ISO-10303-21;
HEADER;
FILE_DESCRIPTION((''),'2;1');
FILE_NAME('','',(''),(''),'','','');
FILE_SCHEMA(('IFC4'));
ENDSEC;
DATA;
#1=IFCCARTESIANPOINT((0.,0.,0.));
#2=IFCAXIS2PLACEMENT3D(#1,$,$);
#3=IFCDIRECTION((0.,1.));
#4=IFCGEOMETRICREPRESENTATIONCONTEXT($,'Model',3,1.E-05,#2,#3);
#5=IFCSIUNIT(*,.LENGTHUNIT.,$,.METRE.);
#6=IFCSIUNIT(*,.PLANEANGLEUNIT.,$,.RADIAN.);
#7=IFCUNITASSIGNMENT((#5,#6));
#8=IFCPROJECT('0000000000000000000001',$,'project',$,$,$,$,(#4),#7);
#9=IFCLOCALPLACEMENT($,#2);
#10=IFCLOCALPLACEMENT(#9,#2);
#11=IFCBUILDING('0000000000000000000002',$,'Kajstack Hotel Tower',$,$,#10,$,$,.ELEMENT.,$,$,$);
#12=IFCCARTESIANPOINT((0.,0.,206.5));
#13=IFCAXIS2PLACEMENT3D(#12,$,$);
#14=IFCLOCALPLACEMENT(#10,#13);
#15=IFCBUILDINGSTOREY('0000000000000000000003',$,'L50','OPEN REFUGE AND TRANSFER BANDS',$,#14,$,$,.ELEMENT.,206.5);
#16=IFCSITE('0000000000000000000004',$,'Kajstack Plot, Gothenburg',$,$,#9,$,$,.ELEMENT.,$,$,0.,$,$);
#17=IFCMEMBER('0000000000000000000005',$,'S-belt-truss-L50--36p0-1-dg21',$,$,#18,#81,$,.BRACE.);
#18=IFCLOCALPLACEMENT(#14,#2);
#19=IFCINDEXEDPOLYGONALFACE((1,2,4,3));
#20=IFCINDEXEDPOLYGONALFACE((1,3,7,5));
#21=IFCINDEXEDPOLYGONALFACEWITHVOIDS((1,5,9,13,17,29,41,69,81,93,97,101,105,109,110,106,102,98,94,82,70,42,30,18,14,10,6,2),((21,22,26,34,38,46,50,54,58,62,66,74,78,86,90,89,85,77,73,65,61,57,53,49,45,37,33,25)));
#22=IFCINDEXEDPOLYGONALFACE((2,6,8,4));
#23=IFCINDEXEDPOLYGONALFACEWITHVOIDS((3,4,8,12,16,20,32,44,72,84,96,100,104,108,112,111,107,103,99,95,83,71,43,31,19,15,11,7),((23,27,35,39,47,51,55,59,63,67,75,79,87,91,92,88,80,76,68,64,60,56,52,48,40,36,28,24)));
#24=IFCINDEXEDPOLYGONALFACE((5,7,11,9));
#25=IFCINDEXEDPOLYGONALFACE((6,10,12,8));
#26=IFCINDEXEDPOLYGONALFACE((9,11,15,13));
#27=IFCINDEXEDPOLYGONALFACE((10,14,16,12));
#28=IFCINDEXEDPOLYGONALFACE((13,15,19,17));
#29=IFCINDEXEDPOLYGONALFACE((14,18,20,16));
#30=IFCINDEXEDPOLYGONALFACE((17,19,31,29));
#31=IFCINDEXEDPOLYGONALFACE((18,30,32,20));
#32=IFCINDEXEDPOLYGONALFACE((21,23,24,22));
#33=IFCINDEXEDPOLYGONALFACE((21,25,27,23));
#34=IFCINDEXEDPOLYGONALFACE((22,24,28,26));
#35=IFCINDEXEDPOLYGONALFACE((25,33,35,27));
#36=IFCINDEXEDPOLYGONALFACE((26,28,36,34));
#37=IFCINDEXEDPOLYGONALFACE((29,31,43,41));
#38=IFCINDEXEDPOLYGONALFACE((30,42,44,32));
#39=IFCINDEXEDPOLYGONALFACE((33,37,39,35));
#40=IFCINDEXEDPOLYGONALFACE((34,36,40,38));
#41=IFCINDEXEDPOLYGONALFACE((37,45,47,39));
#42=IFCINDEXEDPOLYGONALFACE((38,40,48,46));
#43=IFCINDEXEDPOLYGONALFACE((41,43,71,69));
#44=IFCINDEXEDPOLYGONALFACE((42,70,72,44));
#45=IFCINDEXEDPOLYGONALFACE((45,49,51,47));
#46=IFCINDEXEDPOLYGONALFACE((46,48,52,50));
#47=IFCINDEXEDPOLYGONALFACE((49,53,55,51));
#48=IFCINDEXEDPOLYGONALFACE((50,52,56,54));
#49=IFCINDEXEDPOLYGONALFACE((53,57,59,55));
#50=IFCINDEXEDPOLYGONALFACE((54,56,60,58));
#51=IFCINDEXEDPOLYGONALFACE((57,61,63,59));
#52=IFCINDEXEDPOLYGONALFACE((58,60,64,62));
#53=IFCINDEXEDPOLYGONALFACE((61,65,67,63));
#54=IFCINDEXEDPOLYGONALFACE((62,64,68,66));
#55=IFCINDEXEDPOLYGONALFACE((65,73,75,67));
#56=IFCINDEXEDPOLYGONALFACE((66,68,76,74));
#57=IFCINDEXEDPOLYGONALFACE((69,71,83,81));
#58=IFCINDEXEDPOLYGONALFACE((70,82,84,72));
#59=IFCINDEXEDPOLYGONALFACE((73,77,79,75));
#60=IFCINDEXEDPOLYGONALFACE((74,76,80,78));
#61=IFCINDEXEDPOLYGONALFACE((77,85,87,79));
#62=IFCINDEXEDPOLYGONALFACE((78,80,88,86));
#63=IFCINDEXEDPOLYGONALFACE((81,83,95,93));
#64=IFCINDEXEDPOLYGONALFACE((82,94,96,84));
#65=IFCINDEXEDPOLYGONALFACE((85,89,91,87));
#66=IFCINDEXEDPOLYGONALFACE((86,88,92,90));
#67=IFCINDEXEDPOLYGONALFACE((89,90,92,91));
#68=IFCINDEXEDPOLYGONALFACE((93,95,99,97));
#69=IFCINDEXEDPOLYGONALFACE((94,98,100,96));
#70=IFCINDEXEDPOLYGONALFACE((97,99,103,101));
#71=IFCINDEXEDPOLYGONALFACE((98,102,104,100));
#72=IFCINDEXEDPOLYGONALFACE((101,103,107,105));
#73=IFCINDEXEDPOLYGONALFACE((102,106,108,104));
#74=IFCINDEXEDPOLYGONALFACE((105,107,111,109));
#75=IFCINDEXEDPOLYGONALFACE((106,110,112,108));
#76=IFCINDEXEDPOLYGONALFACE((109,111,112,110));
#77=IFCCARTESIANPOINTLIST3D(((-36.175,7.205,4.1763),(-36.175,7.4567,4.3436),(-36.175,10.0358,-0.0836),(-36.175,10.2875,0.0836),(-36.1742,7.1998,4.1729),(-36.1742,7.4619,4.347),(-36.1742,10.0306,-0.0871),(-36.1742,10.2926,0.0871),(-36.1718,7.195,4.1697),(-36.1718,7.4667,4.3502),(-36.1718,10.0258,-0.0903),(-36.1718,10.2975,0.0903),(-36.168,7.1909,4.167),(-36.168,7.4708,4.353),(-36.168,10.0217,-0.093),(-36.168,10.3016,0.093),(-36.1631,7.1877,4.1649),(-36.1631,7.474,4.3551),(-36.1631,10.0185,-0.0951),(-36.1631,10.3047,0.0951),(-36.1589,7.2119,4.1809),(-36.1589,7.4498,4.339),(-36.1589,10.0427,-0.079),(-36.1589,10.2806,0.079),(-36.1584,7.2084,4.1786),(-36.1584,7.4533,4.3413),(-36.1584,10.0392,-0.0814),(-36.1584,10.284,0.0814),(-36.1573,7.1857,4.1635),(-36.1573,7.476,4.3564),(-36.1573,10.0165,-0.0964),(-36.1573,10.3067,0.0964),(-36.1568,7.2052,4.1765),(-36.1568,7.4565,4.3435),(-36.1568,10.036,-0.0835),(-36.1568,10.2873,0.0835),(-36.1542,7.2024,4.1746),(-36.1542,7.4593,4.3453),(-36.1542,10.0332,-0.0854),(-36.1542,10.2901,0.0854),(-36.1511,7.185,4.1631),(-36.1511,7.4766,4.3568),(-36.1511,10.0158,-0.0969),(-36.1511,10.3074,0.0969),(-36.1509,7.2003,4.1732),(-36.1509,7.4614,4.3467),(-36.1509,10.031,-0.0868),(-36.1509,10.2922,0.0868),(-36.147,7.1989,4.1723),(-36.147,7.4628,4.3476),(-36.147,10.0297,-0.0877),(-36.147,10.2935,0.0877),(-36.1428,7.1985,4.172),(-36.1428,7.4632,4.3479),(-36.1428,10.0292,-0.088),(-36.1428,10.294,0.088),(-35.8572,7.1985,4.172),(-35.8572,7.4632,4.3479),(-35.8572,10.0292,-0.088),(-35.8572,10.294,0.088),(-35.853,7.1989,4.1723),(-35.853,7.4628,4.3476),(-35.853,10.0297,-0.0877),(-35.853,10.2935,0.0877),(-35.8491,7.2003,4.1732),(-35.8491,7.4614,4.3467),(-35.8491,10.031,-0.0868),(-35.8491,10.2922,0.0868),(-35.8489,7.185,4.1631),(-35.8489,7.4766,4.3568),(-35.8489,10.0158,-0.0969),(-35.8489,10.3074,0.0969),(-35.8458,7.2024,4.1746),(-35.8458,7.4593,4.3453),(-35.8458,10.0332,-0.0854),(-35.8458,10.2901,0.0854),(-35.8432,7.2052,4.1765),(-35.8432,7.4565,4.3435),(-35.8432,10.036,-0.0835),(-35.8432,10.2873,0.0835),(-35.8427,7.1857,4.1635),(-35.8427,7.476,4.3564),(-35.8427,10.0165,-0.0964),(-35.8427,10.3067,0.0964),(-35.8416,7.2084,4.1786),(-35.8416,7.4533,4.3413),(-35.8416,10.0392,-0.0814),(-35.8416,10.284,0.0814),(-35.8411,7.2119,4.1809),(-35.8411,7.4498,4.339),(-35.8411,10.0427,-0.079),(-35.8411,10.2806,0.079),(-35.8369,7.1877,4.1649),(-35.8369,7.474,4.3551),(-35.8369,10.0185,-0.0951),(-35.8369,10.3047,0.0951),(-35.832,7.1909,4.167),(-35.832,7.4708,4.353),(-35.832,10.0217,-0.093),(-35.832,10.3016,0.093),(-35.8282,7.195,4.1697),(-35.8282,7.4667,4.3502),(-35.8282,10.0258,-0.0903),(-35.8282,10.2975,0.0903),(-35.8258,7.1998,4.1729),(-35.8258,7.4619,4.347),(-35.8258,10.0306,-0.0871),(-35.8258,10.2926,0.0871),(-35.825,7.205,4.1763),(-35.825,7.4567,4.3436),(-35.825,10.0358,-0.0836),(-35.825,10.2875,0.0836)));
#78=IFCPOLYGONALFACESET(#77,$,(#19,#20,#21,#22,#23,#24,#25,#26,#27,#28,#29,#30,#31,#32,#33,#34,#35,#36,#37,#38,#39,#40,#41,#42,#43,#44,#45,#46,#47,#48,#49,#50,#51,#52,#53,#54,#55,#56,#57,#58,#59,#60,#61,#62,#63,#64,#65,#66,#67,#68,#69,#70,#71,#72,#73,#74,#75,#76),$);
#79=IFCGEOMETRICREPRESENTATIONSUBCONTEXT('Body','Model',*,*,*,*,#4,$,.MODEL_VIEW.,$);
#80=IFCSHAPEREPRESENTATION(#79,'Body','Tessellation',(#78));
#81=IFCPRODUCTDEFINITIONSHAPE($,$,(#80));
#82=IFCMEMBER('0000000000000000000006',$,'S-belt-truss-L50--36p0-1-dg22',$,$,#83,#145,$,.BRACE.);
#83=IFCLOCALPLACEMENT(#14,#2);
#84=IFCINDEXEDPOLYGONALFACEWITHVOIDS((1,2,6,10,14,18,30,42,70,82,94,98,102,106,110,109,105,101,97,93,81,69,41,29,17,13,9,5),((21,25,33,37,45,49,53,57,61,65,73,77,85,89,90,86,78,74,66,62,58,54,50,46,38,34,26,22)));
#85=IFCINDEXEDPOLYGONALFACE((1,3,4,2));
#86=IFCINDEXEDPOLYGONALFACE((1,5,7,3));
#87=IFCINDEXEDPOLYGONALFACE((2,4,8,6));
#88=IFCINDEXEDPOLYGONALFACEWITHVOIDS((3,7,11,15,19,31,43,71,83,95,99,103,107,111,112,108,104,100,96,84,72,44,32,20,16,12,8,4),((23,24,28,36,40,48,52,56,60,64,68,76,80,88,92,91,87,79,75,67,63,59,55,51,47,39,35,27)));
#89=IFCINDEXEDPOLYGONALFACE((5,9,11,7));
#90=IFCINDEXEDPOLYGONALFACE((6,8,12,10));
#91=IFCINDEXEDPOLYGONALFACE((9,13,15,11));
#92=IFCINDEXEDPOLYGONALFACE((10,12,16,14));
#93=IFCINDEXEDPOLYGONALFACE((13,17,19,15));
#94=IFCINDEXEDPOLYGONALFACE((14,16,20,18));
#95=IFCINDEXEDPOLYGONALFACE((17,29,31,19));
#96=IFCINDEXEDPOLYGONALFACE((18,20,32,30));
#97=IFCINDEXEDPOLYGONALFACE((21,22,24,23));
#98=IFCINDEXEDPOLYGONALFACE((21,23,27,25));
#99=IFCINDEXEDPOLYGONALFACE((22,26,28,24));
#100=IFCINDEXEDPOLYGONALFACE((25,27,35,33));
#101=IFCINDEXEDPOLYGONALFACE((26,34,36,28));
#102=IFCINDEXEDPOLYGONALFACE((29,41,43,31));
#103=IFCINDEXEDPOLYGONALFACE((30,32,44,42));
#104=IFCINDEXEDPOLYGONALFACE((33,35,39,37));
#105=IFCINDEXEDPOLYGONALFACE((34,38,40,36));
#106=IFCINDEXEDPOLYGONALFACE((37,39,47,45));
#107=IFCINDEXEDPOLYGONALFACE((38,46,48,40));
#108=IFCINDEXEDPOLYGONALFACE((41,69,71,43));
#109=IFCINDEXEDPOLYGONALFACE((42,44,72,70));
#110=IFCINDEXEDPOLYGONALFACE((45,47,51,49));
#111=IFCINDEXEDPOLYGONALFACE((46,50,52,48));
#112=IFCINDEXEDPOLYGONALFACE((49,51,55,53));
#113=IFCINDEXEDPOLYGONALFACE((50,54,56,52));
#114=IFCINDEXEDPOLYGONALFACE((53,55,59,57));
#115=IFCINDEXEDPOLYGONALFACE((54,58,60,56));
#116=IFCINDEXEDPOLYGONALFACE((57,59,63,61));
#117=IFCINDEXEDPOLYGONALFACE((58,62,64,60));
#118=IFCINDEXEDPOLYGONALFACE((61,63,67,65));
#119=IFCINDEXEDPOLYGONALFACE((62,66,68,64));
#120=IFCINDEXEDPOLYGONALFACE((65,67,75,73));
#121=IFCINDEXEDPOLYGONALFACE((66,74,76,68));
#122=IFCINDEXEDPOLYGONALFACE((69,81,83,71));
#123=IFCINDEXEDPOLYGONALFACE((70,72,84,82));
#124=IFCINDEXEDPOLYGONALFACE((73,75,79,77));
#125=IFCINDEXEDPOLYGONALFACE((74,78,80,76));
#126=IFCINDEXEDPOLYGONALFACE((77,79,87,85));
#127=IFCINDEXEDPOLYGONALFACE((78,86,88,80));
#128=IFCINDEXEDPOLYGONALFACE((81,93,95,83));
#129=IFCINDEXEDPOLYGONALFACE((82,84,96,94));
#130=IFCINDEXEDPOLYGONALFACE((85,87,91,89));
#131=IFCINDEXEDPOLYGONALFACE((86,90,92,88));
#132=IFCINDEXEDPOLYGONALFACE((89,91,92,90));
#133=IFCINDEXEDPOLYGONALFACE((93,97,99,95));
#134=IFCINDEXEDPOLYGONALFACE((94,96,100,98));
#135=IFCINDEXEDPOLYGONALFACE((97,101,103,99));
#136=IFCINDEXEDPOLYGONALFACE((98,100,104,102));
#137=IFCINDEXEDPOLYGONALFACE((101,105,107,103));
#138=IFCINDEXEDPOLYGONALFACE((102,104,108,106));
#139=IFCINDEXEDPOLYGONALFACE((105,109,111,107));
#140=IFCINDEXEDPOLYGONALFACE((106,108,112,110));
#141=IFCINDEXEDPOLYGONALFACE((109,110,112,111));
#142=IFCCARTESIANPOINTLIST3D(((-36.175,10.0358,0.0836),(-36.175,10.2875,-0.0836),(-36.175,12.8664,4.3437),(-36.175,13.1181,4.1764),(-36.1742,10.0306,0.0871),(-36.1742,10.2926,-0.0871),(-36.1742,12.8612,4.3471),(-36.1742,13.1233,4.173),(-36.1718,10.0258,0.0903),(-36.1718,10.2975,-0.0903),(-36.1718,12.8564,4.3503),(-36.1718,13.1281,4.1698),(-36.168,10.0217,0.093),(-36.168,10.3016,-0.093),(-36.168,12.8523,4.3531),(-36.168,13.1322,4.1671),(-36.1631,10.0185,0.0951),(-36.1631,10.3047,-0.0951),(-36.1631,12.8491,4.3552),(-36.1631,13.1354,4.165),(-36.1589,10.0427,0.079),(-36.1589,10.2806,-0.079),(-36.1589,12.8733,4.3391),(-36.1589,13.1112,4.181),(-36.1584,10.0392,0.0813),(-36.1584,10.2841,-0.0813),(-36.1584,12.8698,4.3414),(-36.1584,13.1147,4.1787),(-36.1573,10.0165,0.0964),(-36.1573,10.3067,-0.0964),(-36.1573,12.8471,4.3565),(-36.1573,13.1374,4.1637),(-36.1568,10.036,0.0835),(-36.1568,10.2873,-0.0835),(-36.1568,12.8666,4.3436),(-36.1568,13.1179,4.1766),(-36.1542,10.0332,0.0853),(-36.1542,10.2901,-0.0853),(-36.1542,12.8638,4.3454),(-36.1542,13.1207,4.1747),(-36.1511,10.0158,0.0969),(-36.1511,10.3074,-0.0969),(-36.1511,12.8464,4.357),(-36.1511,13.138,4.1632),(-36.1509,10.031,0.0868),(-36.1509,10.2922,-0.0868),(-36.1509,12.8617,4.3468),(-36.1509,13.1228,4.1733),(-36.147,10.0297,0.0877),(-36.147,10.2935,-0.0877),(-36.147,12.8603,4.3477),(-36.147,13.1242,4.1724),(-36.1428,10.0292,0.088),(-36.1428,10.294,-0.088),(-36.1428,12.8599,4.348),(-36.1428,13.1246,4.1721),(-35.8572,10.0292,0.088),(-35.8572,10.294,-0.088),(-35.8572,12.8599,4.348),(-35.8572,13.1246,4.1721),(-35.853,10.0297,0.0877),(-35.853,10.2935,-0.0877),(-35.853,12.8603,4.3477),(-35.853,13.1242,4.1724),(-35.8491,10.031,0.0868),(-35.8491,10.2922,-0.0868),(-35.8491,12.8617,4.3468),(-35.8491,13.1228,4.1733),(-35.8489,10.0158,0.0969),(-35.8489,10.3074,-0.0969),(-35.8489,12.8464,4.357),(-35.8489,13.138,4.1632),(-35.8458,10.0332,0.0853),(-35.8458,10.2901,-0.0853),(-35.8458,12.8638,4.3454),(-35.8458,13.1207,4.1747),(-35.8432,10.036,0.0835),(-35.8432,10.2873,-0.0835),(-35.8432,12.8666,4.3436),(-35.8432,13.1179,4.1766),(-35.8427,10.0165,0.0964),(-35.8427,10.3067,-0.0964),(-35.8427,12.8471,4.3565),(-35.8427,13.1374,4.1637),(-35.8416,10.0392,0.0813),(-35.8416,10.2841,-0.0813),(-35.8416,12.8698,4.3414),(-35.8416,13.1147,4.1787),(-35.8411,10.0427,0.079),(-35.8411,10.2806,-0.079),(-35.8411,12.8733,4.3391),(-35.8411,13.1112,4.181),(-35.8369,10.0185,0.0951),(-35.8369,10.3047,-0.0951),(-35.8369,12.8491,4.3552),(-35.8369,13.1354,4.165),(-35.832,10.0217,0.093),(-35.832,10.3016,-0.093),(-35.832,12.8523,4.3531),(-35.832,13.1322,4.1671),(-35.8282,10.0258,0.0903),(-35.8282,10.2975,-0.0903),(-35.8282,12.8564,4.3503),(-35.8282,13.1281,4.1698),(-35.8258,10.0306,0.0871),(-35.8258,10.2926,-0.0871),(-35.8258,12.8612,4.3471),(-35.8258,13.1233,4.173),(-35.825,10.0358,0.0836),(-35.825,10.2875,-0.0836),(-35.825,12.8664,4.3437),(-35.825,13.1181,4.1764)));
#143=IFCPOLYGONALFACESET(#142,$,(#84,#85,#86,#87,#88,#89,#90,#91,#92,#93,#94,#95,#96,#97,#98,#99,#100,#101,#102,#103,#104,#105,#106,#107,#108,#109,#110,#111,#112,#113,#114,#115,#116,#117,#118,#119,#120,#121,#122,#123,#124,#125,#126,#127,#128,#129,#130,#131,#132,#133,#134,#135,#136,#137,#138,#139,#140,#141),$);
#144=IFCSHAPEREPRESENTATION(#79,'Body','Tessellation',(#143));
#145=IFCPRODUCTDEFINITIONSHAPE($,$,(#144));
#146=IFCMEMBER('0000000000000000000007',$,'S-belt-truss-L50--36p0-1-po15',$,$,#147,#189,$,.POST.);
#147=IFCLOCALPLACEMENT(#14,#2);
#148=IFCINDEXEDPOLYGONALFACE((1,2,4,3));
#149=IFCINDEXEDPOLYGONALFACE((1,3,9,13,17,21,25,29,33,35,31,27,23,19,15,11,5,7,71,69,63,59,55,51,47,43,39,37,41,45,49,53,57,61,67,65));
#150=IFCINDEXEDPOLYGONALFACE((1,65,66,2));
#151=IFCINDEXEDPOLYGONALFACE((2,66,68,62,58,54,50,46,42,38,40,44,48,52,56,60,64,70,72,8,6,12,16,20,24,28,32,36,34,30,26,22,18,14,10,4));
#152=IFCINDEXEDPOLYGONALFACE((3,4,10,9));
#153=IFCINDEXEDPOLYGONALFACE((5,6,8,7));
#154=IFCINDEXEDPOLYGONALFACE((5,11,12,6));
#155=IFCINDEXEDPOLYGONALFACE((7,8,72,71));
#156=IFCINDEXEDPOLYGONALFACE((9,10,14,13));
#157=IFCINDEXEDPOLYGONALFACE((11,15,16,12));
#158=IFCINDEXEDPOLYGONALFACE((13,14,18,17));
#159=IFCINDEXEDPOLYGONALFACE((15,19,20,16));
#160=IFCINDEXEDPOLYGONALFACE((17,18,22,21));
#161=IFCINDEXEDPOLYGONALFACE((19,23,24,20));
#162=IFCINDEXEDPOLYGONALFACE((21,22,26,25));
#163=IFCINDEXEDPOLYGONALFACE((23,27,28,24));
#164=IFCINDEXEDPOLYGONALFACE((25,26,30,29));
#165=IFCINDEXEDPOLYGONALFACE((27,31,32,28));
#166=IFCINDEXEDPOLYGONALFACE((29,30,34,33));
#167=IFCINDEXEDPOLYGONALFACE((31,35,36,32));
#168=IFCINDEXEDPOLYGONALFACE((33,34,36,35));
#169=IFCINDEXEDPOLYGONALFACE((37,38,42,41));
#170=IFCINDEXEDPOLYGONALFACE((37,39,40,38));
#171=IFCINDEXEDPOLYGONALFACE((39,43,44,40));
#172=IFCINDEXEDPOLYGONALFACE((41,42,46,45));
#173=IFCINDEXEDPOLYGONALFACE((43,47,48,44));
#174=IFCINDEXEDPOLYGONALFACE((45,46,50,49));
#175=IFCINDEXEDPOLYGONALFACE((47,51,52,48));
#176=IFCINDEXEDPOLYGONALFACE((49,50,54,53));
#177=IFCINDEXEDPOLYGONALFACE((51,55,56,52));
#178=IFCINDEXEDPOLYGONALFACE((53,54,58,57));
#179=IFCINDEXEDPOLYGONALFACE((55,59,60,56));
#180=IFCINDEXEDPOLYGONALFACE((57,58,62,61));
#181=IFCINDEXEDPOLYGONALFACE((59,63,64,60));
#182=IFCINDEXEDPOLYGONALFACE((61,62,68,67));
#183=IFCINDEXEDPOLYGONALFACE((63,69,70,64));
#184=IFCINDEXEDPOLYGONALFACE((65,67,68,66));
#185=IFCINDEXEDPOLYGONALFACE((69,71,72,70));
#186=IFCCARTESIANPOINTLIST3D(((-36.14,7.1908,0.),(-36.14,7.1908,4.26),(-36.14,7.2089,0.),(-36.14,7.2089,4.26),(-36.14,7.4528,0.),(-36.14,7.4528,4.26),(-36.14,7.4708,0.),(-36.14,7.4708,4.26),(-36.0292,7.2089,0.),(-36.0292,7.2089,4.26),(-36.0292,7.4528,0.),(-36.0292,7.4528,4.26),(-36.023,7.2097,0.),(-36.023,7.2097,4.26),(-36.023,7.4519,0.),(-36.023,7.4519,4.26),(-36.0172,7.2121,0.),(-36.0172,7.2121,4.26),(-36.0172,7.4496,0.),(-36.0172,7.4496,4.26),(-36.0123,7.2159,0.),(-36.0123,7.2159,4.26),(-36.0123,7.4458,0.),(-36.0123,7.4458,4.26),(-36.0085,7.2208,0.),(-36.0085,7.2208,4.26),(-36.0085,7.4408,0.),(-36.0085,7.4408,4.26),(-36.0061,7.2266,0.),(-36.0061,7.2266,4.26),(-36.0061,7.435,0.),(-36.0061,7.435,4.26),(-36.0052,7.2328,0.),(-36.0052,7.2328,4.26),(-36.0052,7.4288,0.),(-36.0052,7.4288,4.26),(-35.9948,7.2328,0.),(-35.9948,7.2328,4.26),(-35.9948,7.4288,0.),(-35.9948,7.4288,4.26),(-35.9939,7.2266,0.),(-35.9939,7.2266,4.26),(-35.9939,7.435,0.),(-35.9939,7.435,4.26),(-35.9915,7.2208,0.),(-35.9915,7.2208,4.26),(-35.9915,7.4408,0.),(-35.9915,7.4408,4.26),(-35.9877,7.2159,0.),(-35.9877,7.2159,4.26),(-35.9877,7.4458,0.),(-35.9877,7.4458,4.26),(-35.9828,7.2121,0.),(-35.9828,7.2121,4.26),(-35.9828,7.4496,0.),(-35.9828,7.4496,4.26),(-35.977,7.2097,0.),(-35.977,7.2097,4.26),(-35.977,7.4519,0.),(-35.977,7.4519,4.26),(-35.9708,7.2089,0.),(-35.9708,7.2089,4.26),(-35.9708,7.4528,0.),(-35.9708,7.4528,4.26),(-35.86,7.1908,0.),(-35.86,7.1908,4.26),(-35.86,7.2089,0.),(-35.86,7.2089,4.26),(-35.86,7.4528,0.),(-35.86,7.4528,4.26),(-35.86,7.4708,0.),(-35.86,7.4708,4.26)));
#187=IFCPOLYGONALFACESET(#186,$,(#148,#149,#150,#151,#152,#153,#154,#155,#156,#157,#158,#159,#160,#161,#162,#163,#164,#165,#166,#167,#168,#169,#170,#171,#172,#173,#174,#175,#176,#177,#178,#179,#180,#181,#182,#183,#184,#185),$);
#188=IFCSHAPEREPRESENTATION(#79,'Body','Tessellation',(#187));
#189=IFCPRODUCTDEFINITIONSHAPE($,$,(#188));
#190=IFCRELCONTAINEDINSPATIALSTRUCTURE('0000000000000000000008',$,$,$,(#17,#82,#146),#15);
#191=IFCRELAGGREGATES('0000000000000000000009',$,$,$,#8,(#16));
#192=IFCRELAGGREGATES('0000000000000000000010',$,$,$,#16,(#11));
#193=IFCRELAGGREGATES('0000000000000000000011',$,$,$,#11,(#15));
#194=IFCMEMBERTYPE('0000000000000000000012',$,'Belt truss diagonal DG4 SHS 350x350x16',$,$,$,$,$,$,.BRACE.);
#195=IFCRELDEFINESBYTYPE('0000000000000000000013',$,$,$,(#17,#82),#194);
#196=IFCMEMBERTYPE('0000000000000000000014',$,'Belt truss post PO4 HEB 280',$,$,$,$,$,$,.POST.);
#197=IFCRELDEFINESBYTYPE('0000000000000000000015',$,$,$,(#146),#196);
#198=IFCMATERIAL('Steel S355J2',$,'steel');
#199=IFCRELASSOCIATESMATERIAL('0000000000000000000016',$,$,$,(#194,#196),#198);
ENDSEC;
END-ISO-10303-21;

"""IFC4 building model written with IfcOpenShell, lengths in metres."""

from ifc_helpers import new_model, si_unit, direction, frame, origin, origin_2d, place, context, subcontext, project, spatial, hollow_rectangle, i_section, extrude, material, material_profile, profile_set, type_object, element, save


model = new_model("IFC4")

# Units and contexts
model_context = context("Model", 3, precision=1e-05, world=origin(), true_north=direction((0.0, 1.0)))
body_context = subcontext(model_context, "Body", "Model", "MODEL_VIEW")
ifc_project = project(units=[si_unit("LENGTHUNIT", "METRE"), si_unit("PLANEANGLEUNIT", "RADIAN")], contexts=[model_context])

# Site, building, storey
site_placement = place(None, origin())
site = spatial("IfcSite", under=ifc_project, at=site_placement, Name="Kajstack Plot, Gothenburg", CompositionType="ELEMENT", RefElevation=0.0)
building_placement = place(site_placement, origin())
building = spatial("IfcBuilding", under=site, at=building_placement, Name="Kajstack Hotel Tower", CompositionType="ELEMENT")
storey_placement = place(building_placement, frame((0.0, 0.0, 206.5)))
storey = spatial("IfcBuildingStorey", under=building, at=storey_placement, Name="L50", Description="OPEN REFUGE AND TRANSFER BANDS", CompositionType="ELEMENT", Elevation=206.5)

# Members
ifc_material = material(Name="Steel S355J2", Category="steel")
ifc_material_profile_1 = material_profile(ifc_material, hollow_rectangle(XDim=0.3501, YDim=0.3501, WallThickness=0.0161, InnerFilletRadius=0.0161, OuterFilletRadius=0.0239, at=origin_2d()), Name="SHS 350x350x16")
ifc_profile_set_1 = profile_set([ifc_material_profile_1], Name="Steel S355J2")
member_type_1 = type_object("IfcMemberType", Name="Belt truss diagonal DG4 SHS 350x350x16", PredefinedType="BRACE", material=ifc_profile_set_1)
for number, where, z_axis, x_axis, name in (
    (1, (-36.0, 10.1616, 0.0), (0.0, -0.553455, 0.832879), (1.0, 0.0, 0.0), "S-belt-truss-L50--36p0-1-dg21"),
    (2, (-36.0, 10.1616, 0.0), (0.0, 0.553422, 0.832901), (-1.0, 0.0, 0.0), "S-belt-truss-L50--36p0-1-dg22"),
):
    element("IfcMember", number, at=place(storey_placement, frame(where, z_axis=z_axis, x_axis=x_axis)), inside=storey, type_object=member_type_1, Name=name, PredefinedType="BRACE", context=body_context, shape_type="SweptSolid", body=[
        extrude(hollow_rectangle(XDim=0.3501, YDim=0.3501, WallThickness=0.0161, InnerFilletRadius=0.0161, OuterFilletRadius=0.0239, at=origin_2d()), origin(), (0.0, 0.0, 1.0), 5.1147),
    ])
ifc_material_profile_2 = material_profile(ifc_material, i_section(OverallWidth=0.28, OverallDepth=0.28, WebThickness=0.0105, FlangeThickness=0.0181, FilletRadius=0.0239, at=origin_2d()), Name="HEB 280")
ifc_profile_set_2 = profile_set([ifc_material_profile_2], Name="Steel S355J2")
member_type_2 = type_object("IfcMemberType", Name="Belt truss post PO4 HEB 280", PredefinedType="POST", material=ifc_profile_set_2)
for number, where, z_axis, x_axis, name in (
    (3, (-36.0, 7.3308, 0.0), (0.0, 0.0, 1.0), (1.0, 0.0, 0.0), "S-belt-truss-L50--36p0-1-po15"),
):
    element("IfcMember", number, at=place(storey_placement, frame(where, z_axis=z_axis, x_axis=x_axis)), inside=storey, type_object=member_type_2, Name=name, PredefinedType="POST", context=body_context, shape_type="SweptSolid", body=[
        extrude(i_section(OverallWidth=0.28, OverallDepth=0.28, WebThickness=0.0105, FlangeThickness=0.0181, FilletRadius=0.0239, at=origin_2d()), origin(), (0.0, 0.0, 1.0), 4.26),
    ])

save(model, "model.ifc")
